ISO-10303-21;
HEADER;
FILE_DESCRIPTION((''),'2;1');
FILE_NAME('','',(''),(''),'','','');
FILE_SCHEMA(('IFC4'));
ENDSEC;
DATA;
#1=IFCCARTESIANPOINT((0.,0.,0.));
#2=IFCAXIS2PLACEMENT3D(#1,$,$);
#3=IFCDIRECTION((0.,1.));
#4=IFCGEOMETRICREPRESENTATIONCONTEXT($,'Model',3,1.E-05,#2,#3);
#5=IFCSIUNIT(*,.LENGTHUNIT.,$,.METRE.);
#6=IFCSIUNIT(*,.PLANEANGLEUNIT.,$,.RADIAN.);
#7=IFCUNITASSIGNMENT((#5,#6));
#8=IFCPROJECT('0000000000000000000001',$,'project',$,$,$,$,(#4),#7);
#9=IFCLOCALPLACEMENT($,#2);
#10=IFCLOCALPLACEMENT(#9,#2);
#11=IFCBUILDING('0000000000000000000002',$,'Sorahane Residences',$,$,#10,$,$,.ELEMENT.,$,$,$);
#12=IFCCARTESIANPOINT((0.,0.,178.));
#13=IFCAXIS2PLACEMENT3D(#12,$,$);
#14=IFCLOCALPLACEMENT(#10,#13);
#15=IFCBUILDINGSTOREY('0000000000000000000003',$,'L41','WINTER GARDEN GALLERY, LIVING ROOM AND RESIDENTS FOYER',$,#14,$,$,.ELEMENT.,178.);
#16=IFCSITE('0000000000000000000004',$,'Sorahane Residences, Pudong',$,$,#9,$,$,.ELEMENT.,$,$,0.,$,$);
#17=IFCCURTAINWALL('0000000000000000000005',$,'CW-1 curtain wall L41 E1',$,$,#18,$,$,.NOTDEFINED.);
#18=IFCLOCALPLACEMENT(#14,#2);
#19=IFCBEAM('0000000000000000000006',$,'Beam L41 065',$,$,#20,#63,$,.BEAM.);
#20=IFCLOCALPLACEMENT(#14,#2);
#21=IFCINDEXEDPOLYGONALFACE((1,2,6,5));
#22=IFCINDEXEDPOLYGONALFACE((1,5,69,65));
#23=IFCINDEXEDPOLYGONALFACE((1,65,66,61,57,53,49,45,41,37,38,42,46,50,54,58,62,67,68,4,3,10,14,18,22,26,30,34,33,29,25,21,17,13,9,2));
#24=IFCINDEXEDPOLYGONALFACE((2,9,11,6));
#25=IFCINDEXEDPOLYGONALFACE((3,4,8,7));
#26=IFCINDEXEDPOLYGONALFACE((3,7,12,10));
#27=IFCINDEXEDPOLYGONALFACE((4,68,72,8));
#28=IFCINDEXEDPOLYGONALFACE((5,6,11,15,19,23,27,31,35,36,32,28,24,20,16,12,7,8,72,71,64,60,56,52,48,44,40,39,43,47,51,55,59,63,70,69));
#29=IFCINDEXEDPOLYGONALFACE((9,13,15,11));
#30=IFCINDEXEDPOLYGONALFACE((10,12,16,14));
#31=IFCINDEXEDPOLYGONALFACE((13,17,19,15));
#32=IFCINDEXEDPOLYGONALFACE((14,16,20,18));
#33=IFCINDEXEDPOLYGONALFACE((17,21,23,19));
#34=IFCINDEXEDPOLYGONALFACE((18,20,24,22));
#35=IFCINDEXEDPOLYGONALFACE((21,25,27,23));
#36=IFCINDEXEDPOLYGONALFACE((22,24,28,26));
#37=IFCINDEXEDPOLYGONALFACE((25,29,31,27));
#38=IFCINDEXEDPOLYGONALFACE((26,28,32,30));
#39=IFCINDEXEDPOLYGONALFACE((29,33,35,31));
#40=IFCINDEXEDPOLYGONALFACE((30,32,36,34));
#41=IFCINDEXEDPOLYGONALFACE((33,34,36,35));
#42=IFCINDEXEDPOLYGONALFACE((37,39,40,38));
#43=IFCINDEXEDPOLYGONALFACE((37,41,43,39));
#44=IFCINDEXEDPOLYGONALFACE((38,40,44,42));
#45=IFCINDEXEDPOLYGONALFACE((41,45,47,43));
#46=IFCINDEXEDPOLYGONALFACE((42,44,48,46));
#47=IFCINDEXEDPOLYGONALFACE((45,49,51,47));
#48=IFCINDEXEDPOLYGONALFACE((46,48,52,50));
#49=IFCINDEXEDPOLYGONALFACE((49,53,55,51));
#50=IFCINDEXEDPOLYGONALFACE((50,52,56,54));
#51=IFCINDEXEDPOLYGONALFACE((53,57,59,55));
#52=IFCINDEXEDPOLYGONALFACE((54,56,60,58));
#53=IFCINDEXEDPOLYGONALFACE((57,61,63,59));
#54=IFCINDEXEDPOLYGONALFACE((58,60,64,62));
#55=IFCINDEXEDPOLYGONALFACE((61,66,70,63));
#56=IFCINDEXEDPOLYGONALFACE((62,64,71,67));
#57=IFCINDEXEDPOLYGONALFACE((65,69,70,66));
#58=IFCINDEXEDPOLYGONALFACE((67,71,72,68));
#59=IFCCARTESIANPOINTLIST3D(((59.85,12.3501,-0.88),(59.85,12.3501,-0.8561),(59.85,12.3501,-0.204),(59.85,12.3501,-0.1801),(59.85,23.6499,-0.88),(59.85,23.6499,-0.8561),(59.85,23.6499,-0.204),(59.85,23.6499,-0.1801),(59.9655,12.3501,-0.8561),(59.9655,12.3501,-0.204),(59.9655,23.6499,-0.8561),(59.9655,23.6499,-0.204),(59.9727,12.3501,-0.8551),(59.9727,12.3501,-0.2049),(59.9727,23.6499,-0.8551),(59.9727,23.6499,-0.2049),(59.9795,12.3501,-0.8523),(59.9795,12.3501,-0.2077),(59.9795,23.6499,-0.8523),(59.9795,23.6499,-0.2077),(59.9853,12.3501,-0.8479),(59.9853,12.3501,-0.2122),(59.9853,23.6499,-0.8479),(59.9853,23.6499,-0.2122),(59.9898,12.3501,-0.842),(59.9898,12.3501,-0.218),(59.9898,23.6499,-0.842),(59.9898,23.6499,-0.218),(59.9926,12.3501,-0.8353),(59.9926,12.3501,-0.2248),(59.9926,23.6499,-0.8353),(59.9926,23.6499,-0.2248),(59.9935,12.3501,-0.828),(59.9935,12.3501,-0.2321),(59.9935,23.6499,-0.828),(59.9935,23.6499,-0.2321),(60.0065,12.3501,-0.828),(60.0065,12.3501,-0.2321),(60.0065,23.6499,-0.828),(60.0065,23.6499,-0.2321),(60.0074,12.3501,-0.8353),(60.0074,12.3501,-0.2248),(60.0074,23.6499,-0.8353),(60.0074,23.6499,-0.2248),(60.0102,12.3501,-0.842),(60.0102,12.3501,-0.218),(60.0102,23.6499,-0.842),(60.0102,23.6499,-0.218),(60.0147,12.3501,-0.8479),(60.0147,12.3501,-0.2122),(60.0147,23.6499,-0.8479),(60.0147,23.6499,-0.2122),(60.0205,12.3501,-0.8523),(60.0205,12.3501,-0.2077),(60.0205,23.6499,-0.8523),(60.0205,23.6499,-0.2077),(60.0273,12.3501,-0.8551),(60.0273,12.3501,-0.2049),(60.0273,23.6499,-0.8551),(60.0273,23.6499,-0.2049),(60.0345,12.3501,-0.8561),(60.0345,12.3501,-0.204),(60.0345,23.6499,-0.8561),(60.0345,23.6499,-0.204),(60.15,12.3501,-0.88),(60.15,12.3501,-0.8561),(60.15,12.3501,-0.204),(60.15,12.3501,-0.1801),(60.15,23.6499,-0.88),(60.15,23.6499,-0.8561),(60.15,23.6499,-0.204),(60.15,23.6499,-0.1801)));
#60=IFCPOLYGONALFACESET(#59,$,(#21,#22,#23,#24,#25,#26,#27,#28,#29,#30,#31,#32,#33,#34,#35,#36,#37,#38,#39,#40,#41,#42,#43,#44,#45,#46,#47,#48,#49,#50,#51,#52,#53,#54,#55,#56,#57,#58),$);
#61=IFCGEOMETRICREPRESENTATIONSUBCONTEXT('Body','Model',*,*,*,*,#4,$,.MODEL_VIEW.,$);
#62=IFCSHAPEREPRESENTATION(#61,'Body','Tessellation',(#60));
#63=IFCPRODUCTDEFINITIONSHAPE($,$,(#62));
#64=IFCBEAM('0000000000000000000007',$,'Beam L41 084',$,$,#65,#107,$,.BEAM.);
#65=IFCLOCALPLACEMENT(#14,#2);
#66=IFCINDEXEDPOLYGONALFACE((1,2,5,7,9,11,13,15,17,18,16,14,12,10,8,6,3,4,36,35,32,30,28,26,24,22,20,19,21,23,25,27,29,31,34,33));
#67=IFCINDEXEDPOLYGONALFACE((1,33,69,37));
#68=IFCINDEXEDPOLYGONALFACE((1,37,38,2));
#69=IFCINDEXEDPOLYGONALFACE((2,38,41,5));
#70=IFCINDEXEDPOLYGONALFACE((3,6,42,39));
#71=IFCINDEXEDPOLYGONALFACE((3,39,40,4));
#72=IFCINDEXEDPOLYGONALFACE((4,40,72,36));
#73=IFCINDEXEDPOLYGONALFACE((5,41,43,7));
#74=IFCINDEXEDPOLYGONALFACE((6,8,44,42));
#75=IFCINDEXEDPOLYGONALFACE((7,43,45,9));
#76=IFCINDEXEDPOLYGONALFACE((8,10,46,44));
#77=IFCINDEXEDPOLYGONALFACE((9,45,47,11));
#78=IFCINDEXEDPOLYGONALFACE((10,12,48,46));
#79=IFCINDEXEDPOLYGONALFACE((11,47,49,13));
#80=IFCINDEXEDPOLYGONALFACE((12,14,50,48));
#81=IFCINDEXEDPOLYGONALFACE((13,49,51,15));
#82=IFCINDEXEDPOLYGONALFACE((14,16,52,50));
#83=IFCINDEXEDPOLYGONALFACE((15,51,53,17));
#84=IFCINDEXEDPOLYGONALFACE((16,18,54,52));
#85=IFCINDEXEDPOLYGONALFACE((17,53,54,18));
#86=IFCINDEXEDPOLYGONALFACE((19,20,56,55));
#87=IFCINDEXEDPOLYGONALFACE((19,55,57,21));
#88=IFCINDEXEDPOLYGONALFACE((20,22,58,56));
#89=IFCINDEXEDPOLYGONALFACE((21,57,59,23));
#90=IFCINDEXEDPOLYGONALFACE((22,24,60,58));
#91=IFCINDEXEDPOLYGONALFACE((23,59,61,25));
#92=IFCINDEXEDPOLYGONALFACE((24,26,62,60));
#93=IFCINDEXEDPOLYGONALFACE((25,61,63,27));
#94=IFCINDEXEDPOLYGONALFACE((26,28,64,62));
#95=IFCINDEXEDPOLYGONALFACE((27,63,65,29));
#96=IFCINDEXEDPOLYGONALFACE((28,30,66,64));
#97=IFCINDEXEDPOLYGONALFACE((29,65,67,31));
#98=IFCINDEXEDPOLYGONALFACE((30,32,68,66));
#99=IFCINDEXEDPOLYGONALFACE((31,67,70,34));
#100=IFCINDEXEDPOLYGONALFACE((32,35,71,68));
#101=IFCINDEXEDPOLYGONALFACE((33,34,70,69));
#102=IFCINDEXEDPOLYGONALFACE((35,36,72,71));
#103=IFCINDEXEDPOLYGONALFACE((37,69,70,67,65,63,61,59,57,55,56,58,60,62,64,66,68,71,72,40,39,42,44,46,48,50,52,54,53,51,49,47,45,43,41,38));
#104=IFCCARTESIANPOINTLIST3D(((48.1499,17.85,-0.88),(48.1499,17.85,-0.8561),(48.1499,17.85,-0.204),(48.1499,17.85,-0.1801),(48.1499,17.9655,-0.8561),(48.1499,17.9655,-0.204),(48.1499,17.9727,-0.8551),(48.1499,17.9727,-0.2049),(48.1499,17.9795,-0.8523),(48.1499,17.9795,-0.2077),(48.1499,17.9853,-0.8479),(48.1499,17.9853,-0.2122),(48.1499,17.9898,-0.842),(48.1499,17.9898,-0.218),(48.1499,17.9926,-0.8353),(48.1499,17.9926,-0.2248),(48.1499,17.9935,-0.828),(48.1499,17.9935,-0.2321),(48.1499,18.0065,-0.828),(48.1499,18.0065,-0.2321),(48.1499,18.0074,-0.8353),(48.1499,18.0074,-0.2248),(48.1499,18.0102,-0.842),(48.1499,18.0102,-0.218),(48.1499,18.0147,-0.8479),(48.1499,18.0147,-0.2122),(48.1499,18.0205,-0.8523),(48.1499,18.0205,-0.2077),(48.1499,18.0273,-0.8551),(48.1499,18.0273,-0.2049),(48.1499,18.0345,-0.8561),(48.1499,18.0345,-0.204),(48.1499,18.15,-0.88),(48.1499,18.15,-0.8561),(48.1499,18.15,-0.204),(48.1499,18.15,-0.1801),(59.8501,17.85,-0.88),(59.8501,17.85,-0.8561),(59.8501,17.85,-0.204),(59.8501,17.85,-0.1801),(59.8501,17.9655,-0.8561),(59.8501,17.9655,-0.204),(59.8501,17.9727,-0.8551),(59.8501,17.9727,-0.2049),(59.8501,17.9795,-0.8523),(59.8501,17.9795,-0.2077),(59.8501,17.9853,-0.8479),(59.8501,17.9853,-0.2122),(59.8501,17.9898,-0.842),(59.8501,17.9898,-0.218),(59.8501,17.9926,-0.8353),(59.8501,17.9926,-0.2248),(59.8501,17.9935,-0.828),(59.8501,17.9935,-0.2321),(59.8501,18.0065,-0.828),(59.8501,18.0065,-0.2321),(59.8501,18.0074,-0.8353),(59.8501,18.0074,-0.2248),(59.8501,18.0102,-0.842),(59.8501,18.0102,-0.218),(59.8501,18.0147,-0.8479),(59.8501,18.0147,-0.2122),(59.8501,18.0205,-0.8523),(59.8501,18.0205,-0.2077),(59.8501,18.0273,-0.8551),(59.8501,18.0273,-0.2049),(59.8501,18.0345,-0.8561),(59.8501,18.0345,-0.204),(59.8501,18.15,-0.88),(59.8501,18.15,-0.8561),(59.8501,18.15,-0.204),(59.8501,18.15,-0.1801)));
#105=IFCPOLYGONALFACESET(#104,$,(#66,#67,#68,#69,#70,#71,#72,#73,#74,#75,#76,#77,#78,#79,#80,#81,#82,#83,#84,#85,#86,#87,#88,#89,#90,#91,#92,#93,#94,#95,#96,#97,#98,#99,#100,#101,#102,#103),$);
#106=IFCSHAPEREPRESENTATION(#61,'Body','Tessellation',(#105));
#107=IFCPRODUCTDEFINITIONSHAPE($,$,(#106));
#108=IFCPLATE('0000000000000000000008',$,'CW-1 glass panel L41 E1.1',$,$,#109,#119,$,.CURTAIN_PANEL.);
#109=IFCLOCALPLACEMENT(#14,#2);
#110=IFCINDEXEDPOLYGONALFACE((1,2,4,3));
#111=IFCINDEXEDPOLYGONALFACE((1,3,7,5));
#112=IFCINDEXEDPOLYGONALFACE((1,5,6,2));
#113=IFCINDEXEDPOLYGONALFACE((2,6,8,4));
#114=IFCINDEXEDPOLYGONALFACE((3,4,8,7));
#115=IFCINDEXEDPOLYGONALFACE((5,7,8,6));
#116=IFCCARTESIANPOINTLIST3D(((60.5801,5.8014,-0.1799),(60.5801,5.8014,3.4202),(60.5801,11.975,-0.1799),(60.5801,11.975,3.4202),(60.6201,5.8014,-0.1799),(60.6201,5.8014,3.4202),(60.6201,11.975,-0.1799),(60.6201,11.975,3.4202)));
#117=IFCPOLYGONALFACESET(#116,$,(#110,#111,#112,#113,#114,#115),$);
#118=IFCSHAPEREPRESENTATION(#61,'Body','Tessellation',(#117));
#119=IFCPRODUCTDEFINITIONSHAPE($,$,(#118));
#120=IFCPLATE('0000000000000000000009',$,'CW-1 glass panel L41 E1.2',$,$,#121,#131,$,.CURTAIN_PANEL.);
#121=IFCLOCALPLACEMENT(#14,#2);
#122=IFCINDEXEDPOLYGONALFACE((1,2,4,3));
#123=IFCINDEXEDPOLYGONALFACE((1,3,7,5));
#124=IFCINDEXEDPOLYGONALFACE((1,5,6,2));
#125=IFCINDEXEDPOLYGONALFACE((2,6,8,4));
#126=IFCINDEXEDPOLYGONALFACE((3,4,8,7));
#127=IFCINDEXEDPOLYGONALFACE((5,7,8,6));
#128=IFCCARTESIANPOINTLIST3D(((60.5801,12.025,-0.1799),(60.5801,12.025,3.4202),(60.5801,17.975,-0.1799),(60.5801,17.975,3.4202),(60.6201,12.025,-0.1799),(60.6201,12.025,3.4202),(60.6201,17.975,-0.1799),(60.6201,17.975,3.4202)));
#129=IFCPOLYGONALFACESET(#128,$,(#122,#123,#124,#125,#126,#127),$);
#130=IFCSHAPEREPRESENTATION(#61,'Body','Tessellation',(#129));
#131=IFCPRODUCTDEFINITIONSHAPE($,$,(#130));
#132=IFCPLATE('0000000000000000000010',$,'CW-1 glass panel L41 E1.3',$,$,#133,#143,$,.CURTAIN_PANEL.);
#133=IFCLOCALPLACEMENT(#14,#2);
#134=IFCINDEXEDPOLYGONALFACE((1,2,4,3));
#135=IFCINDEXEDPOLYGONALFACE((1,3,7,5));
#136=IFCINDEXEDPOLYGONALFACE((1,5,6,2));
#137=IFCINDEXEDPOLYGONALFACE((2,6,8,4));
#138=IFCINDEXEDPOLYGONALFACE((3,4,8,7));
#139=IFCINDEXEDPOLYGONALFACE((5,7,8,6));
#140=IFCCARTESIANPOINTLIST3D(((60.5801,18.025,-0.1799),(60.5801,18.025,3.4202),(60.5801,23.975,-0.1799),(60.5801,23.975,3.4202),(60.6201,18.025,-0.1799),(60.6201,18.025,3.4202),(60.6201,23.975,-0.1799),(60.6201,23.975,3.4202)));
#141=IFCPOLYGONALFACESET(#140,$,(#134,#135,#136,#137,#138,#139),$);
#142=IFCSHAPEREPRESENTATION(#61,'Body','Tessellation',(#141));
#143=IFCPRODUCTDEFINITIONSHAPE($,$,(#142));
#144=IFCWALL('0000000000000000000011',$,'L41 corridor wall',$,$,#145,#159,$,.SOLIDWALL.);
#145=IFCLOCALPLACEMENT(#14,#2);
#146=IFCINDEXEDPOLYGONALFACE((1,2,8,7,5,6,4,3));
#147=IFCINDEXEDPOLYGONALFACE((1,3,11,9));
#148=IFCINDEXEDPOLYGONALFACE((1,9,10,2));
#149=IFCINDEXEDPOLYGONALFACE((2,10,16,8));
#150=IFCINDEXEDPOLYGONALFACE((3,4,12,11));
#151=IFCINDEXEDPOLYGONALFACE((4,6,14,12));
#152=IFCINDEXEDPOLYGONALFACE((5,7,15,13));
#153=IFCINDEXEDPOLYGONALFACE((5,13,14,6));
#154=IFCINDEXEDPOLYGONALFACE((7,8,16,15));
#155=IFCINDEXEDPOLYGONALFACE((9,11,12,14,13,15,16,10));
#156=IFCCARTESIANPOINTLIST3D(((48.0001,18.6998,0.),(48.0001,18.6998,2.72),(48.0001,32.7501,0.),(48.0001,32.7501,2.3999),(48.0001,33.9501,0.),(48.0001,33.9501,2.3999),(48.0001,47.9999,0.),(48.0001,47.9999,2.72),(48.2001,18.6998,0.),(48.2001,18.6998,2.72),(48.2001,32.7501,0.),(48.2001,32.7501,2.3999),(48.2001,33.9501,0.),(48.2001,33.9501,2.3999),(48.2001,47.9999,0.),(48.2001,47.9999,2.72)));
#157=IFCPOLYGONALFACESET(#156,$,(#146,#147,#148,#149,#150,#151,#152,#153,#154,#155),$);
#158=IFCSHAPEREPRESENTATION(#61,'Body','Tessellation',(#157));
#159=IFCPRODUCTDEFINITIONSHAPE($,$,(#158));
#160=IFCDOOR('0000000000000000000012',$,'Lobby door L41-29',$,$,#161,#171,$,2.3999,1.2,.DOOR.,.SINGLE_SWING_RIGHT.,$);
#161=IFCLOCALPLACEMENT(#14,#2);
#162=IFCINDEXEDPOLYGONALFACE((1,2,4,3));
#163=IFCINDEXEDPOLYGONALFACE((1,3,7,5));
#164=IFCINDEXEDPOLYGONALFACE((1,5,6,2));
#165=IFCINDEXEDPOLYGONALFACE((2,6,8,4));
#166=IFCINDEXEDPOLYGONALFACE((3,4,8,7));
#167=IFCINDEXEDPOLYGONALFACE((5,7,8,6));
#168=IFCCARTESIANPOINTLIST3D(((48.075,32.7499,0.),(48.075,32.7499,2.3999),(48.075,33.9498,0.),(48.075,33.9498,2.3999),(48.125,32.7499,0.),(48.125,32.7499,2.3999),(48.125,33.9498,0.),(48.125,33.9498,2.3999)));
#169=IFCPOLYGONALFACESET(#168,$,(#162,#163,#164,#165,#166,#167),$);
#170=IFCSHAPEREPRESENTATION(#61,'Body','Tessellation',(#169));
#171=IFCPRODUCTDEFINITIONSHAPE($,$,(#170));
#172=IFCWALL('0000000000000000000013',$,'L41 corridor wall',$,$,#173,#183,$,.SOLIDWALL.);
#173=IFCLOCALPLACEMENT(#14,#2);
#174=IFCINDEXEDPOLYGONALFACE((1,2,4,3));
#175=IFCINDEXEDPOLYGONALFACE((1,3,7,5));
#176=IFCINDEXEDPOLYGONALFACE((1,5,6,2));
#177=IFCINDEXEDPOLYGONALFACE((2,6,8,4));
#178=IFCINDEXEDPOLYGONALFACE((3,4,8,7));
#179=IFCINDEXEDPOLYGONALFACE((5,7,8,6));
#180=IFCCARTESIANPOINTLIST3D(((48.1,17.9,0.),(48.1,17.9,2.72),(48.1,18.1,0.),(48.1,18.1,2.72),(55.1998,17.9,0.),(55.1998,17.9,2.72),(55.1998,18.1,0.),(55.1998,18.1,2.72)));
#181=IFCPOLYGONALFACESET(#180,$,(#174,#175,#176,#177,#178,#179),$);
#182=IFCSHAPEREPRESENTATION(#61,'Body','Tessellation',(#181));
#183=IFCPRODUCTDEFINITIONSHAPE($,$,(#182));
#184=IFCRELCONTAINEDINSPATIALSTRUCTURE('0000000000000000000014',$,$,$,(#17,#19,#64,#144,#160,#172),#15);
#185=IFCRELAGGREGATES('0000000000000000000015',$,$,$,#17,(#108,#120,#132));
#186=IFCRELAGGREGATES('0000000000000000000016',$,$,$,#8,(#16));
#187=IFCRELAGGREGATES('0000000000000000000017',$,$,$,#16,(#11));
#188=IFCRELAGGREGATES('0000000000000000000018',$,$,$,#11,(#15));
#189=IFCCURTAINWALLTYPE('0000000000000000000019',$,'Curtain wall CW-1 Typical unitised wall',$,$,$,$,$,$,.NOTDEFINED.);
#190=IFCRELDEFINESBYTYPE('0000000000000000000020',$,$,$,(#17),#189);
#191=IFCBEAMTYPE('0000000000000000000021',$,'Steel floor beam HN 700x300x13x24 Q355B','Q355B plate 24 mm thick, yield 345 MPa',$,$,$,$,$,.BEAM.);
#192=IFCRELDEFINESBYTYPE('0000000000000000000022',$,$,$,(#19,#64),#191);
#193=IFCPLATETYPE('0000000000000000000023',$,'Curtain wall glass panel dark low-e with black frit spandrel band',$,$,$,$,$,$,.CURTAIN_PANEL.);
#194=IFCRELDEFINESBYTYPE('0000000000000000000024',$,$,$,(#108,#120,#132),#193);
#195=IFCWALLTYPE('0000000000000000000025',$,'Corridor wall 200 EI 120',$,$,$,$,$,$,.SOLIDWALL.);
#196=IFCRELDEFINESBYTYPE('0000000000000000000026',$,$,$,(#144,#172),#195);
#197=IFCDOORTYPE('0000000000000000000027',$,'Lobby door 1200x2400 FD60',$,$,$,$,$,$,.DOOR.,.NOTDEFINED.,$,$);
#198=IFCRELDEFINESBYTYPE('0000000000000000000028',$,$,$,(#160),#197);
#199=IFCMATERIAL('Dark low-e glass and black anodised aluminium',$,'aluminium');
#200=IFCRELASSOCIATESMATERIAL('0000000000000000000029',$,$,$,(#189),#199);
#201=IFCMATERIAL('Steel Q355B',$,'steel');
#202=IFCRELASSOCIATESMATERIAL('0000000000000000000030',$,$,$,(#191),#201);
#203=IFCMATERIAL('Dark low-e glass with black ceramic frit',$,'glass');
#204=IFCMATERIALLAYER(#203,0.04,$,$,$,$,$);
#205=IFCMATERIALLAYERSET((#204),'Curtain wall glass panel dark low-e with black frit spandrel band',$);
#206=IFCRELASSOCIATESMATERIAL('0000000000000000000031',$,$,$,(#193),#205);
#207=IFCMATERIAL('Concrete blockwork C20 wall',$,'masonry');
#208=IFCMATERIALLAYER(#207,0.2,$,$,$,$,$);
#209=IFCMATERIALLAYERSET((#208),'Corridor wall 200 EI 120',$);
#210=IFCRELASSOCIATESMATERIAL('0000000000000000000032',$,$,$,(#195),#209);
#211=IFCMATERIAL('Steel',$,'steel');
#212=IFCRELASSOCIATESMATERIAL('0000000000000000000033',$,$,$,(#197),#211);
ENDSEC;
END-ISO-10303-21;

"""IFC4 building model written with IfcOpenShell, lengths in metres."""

from ifc_helpers import new_model, si_unit, direction, frame, frame_2d, origin, origin_2d, place, context, subcontext, project, spatial, rectangle, i_section, extrude, material, layer, layer_set, material_profile, profile_set, type_object, element, fill, aggregate, save


model = new_model("IFC4")

# Units and contexts
model_context = context("Model", 3, precision=1e-05, world=origin(), true_north=direction((0.0, 1.0)))
body_context = subcontext(model_context, "Body", "Model", "MODEL_VIEW")
ifc_project = project(units=[si_unit("LENGTHUNIT", "METRE"), si_unit("PLANEANGLEUNIT", "RADIAN")], contexts=[model_context])

# Site, building, storey
site_placement = place(None, origin())
site = spatial("IfcSite", under=ifc_project, at=site_placement, Name="Sorahane Residences, Pudong", CompositionType="ELEMENT", RefElevation=0.0)
building_placement = place(site_placement, origin())
building = spatial("IfcBuilding", under=site, at=building_placement, Name="Sorahane Residences", CompositionType="ELEMENT")
storey_placement = place(building_placement, frame((0.0, 0.0, 178.0)))
storey = spatial("IfcBuildingStorey", under=building, at=storey_placement, Name="L41", Description="WINTER GARDEN GALLERY, LIVING ROOM AND RESIDENTS FOYER", CompositionType="ELEMENT", Elevation=178.0)

# Curtain wall
ifc_material_1 = material(Name="Dark low-e glass and black anodised aluminium", Category="aluminium")
curtain_wall_type = type_object("IfcCurtainWallType", Name="Curtain wall CW-1 Typical unitised wall", PredefinedType="NOTDEFINED", material=ifc_material_1)
curtain_wall_placement = place(storey_placement, origin())
curtain_wall = element("IfcCurtainWall", 1, at=curtain_wall_placement, inside=storey, type_object=curtain_wall_type, Name="CW-1 curtain wall L41 E1", PredefinedType="NOTDEFINED")

# Beams
ifc_material_2 = material(Name="Steel Q355B", Category="steel")
ifc_material_profile_1 = material_profile(ifc_material_2, i_section(OverallWidth=0.3, OverallDepth=0.7, WebThickness=0.0129, FlangeThickness=0.0239, FilletRadius=0.0281, at=origin_2d()), Name="HN 700x300x13x24")
ifc_profile_set_1 = profile_set([ifc_material_profile_1], Name="Steel Q355B")
beam_type = type_object("IfcBeamType", Name="Steel floor beam HN 700x300x13x24 Q355B", Description="Q355B plate 24 mm thick, yield 345 MPa", PredefinedType="BEAM", material=ifc_profile_set_1)
beam_1_placement = place(storey_placement, frame((60.0, 12.3501, -0.53), z_axis=(0.0, 1.0, 0.0), x_axis=(-1.0, 0.0, 0.0)))
element("IfcBeam", 2, at=beam_1_placement, inside=storey, type_object=beam_type, Name="Beam L41 065", PredefinedType="BEAM", context=body_context, shape_type="SweptSolid", body=[
    extrude(i_section(OverallWidth=0.3, OverallDepth=0.7, WebThickness=0.0129, FlangeThickness=0.0239, FilletRadius=0.0281, at=origin_2d()), origin(), (0.0, 0.0, 1.0), 11.2998),
])
beam_2_placement = place(storey_placement, frame((48.1499, 18.0, -0.53), z_axis=(1.0, 0.0, 0.0), x_axis=(0.0, 1.0, 0.0)))
element("IfcBeam", 3, at=beam_2_placement, inside=storey, type_object=beam_type, Name="Beam L41 084", PredefinedType="BEAM", context=body_context, shape_type="SweptSolid", body=[
    extrude(i_section(OverallWidth=0.3, OverallDepth=0.7, WebThickness=0.0129, FlangeThickness=0.0239, FilletRadius=0.0281, at=origin_2d()), origin(), (0.0, 0.0, 1.0), 11.7002),
])

# Plates
ifc_material_3 = material(Name="Dark low-e glass with black ceramic frit", Category="glass")
ifc_layer_1 = layer(ifc_material_3, 0.04)
ifc_layer_set_1 = layer_set([ifc_layer_1], Name="Curtain wall glass panel dark low-e with black frit spandrel band")
plate_type = type_object("IfcPlateType", Name="Curtain wall glass panel dark low-e with black frit spandrel band", PredefinedType="CURTAIN_PANEL", material=ifc_layer_set_1)
plate_1_placement = place(storey_placement, frame((60.6001, 8.8882, -0.1799), z_axis=(0.0, 0.0, 1.0), x_axis=(0.0, 1.0, 0.0)))
plate_1 = element("IfcPlate", 4, at=plate_1_placement, type_object=plate_type, Name="CW-1 glass panel L41 E1.1", PredefinedType="CURTAIN_PANEL", context=body_context, shape_type="SweptSolid", body=[
    extrude(rectangle(XDim=6.1736, YDim=0.04, at=origin_2d()), origin(), (0.0, 0.0, 1.0), 3.6001),
])
plate_2_placement = place(storey_placement, frame((60.6001, 15.0, -0.1799), z_axis=(0.0, 0.0, 1.0), x_axis=(0.0, 1.0, 0.0)))
plate_2 = element("IfcPlate", 5, at=plate_2_placement, type_object=plate_type, Name="CW-1 glass panel L41 E1.2", PredefinedType="CURTAIN_PANEL", context=body_context, shape_type="SweptSolid", body=[
    extrude(rectangle(XDim=5.95, YDim=0.04, at=origin_2d()), origin(), (0.0, 0.0, 1.0), 3.6001),
])
plate_3_placement = place(storey_placement, frame((60.6001, 21.0, -0.1799), z_axis=(0.0, 0.0, 1.0), x_axis=(0.0, 1.0, 0.0)))
plate_3 = element("IfcPlate", 6, at=plate_3_placement, type_object=plate_type, Name="CW-1 glass panel L41 E1.3", PredefinedType="CURTAIN_PANEL", context=body_context, shape_type="SweptSolid", body=[
    extrude(rectangle(XDim=5.95, YDim=0.04, at=origin_2d()), origin(), (0.0, 0.0, 1.0), 3.6001),
])
aggregate(curtain_wall, [plate_1, plate_2, plate_3])

# Wall, opening, door
ifc_material_4 = material(Name="Concrete blockwork C20 wall", Category="masonry")
ifc_layer_2 = layer(ifc_material_4, 0.2)
ifc_layer_set_2 = layer_set([ifc_layer_2], Name="Corridor wall 200 EI 120")
wall_type_1 = type_object("IfcWallType", Name="Corridor wall 200 EI 120", PredefinedType="SOLIDWALL", material=ifc_layer_set_2)
wall_1_placement = place(storey_placement, frame((48.1001, 18.7, 0.0), z_axis=(0.0, 0.0, 1.0), x_axis=(0.0, 1.0, 0.0)))
wall_1 = element("IfcWall", 7, at=wall_1_placement, inside=storey, type_object=wall_type_1, Name="L41 corridor wall", PredefinedType="SOLIDWALL", context=body_context, shape_type="SweptSolid", body=[
    extrude(rectangle(XDim=29.3, YDim=0.2, at=frame_2d((14.6499, 0.0))), origin(), (0.0, 0.0, 1.0), 2.72),
])
opening_1_placement = place(wall_1_placement, frame((14.05, 0.0, 0.0)))
opening_1 = element("IfcOpeningElement", 8, at=opening_1_placement, cuts=wall_1, PredefinedType="OPENING", context=body_context, shape_type="SweptSolid", body=[
    extrude(rectangle(XDim=1.2, YDim=2.3999, at=frame_2d((0.6001, 1.2))), frame((0.0, 0.1099, 0.0), z_axis=(0.0, -1.0, 0.0), x_axis=(1.0, 0.0, 0.0)), (0.0, 0.0, 1.0), 0.22),
])
ifc_material_5 = material(Name="Steel", Category="steel")
door_type_1 = type_object("IfcDoorType", Name="Lobby door 1200x2400 FD60", OperationType="NOTDEFINED", PredefinedType="DOOR", material=ifc_material_5)
door_1_placement = place(opening_1_placement, frame((1.2, 0.0, 0.0), z_axis=(0.0, 0.0, 1.0), x_axis=(-1.0, 0.0, 0.0)))
door_1 = element("IfcDoor", 9, at=door_1_placement, inside=storey, type_object=door_type_1, Name="Lobby door L41-29", OperationType="SINGLE_SWING_RIGHT", OverallHeight=2.3999, OverallWidth=1.2, PredefinedType="DOOR", context=body_context, shape_type="SweptSolid", body=[
    extrude(rectangle(XDim=1.2, YDim=2.3999, at=frame_2d((0.6001, 1.2))), frame((0.0, 0.0249, 0.0), z_axis=(0.0, -1.0, 0.0), x_axis=(1.0, 0.0, 0.0)), (0.0, 0.0, 1.0), 0.05),
])
fill(opening_1, door_1)

# Wall
wall_2_placement = place(storey_placement, frame((48.1001, 18.0, 0.0), z_axis=(0.0, 0.0, 1.0), x_axis=(1.0, 0.0, 0.0)))
element("IfcWall", 10, at=wall_2_placement, inside=storey, type_object=wall_type_1, Name="L41 corridor wall", PredefinedType="SOLIDWALL", context=body_context, shape_type="SweptSolid", body=[
    extrude(rectangle(XDim=7.0999, YDim=0.2, at=frame_2d((3.5498, 0.0))), origin(), (0.0, 0.0, 1.0), 2.72),
])

save(model, "model.ifc")
